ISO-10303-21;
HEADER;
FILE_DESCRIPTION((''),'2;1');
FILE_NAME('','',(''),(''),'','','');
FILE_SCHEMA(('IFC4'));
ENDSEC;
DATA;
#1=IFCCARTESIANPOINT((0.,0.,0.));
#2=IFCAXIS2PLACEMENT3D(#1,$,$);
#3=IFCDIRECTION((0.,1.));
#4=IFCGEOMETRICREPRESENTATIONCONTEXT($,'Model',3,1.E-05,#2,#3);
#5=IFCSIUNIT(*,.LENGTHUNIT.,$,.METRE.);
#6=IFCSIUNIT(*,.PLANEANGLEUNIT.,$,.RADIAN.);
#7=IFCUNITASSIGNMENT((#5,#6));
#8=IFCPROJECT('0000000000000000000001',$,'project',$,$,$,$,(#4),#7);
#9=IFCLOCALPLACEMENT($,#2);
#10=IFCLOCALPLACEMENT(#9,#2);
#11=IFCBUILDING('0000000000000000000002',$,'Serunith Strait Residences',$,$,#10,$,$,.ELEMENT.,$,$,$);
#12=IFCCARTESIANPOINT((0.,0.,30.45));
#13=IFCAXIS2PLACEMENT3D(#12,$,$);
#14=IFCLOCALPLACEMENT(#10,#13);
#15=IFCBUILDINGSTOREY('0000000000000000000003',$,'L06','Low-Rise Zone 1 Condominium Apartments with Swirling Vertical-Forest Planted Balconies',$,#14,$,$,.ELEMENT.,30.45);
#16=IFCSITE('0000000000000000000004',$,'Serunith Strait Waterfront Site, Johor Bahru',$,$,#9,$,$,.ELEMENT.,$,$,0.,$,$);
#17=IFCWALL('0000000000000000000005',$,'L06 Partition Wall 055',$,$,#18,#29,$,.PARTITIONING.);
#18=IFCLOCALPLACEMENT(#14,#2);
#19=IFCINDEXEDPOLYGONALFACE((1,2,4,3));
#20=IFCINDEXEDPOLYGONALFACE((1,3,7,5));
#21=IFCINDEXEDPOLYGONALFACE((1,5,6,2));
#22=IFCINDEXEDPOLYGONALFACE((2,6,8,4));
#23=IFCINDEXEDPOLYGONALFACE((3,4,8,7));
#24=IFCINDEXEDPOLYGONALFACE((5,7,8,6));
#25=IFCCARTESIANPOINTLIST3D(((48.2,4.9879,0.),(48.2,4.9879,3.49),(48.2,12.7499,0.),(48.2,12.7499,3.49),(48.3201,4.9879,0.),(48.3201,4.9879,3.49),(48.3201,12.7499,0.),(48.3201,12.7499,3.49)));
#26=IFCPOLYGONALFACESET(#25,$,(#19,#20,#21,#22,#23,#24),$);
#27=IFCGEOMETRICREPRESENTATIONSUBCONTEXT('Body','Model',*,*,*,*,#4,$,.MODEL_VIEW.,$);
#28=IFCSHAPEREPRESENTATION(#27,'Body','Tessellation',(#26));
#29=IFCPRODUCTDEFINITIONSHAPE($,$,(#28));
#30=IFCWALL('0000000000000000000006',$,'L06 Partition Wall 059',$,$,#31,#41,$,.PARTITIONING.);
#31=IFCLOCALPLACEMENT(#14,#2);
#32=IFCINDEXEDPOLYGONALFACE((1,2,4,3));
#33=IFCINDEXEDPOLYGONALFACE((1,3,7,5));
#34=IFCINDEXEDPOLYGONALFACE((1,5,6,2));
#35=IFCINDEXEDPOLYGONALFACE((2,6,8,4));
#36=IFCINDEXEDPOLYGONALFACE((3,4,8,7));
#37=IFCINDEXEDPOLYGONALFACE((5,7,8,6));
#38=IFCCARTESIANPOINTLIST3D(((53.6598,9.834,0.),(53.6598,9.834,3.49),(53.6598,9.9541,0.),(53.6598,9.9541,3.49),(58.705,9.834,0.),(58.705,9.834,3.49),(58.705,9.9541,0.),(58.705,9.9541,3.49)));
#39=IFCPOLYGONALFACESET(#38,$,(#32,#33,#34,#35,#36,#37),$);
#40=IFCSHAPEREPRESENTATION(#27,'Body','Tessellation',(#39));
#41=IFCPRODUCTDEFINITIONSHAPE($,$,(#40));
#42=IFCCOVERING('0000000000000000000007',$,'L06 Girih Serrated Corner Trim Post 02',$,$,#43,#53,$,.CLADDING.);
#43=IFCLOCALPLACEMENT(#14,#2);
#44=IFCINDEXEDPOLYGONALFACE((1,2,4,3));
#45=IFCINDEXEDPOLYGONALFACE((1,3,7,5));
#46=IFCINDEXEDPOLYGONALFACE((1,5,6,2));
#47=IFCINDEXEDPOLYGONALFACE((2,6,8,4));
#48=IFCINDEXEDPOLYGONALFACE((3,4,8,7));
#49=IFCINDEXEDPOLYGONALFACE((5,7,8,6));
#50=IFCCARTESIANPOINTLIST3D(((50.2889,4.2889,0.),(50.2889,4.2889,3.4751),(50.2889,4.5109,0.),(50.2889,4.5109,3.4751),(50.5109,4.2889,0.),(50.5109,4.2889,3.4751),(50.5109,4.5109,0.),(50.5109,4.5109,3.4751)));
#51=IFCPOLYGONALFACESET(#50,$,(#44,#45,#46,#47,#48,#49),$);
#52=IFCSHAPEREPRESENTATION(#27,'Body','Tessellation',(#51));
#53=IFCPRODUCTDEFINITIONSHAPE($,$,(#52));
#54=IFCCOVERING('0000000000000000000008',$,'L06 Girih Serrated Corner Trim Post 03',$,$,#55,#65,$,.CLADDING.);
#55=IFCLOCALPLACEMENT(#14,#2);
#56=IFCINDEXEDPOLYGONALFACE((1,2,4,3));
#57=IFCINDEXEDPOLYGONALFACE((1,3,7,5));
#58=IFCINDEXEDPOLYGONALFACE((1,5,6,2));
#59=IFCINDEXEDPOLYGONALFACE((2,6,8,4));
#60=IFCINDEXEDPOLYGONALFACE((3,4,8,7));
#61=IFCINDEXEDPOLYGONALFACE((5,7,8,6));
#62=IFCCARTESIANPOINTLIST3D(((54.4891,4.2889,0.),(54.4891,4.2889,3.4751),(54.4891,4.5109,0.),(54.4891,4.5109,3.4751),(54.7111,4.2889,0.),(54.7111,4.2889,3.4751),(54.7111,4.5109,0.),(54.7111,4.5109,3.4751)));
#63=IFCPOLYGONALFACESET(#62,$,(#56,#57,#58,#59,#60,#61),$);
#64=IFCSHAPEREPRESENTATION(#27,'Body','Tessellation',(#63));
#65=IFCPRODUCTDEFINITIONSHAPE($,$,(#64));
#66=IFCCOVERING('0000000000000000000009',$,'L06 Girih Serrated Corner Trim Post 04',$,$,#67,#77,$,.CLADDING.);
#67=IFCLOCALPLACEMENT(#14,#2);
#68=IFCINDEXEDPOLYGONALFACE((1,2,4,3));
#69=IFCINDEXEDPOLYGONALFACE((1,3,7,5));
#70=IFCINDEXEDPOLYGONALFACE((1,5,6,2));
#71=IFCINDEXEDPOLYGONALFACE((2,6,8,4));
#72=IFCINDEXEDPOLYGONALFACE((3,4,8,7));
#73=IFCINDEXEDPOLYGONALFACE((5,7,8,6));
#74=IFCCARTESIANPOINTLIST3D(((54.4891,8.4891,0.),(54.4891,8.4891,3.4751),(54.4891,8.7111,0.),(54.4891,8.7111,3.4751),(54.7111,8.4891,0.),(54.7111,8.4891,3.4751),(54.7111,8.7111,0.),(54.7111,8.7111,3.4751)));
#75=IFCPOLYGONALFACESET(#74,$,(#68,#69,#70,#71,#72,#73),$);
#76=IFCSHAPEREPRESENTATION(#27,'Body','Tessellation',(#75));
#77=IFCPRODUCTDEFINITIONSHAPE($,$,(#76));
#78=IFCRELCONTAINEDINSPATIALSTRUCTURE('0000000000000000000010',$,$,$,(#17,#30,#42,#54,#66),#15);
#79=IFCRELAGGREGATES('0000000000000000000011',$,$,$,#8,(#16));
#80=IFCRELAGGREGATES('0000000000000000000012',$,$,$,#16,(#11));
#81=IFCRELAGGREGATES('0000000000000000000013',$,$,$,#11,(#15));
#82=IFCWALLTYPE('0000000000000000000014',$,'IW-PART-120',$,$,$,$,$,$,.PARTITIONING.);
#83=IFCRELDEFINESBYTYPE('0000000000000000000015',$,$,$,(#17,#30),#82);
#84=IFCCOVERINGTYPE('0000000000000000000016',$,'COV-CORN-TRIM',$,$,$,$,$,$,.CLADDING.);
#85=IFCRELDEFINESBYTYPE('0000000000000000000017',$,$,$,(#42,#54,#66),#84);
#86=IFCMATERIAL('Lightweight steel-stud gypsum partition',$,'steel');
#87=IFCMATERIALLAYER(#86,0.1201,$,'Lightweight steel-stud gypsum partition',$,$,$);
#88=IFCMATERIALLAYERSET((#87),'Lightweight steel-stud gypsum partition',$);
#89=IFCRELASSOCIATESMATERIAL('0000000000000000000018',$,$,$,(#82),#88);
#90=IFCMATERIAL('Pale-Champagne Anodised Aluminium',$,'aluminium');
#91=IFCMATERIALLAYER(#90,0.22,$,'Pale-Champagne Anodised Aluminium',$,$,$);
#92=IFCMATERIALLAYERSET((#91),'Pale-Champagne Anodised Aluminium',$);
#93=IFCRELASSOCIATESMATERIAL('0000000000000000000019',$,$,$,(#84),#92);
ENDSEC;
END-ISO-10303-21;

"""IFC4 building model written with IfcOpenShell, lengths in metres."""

from ifc_helpers import new_model, si_unit, direction, frame, frame_2d, origin, origin_2d, place, context, subcontext, project, spatial, rectangle, extrude, source, transform, mapped, material, layer, layer_set, type_object, element, save


model = new_model("IFC4")

# Units and contexts
model_context = context("Model", 3, precision=1e-05, world=origin(), true_north=direction((0.0, 1.0)))
body_context = subcontext(model_context, "Body", "Model", "MODEL_VIEW")
ifc_project = project(units=[si_unit("LENGTHUNIT", "METRE"), si_unit("PLANEANGLEUNIT", "RADIAN")], contexts=[model_context])

# Site, building, storey
site_placement = place(None, origin())
site = spatial("IfcSite", under=ifc_project, at=site_placement, Name="Serunith Strait Waterfront Site, Johor Bahru", CompositionType="ELEMENT", RefElevation=0.0)
building_placement = place(site_placement, origin())
building = spatial("IfcBuilding", under=site, at=building_placement, Name="Serunith Strait Residences", CompositionType="ELEMENT")
storey_placement = place(building_placement, frame((0.0, 0.0, 30.45)))
storey = spatial("IfcBuildingStorey", under=building, at=storey_placement, Name="L06", Description="Low-Rise Zone 1 Condominium Apartments with Swirling Vertical-Forest Planted Balconies", CompositionType="ELEMENT", Elevation=30.45)

# Shared definitions
ifc_material_1 = material(Name="Pale-Champagne Anodised Aluminium", Category="aluminium")

# Shared definitions
ifc_material_2 = material(Name="Lightweight steel-stud gypsum partition", Category="steel")
ifc_layer_1 = layer(ifc_material_2, 0.1201, Name="Lightweight steel-stud gypsum partition")
ifc_layer_set_1 = layer_set([ifc_layer_1], Name="Lightweight steel-stud gypsum partition")
wall_type_1 = type_object("IfcWallType", Name="IW-PART-120", PredefinedType="PARTITIONING", material=ifc_layer_set_1)

# Walls
wall_1_placement = place(storey_placement, frame((48.26, 4.988, 0.0), z_axis=(0.0, 0.0, 1.0), x_axis=(0.0, 1.0, 0.0)))
element("IfcWall", 1, at=wall_1_placement, inside=storey, type_object=wall_type_1, Name="L06 Partition Wall 055", PredefinedType="PARTITIONING", context=body_context, shape_type="SweptSolid", body=[
    extrude(rectangle(XDim=7.762, YDim=0.1201, at=frame_2d((3.8809, 0.0))), origin(), (0.0, 0.0, 1.0), 3.49),
])
wall_2_placement = place(storey_placement, frame((53.6599, 9.894, 0.0), z_axis=(0.0, 0.0, 1.0), x_axis=(1.0, 0.0, 0.0)))
element("IfcWall", 2, at=wall_2_placement, inside=storey, type_object=wall_type_1, Name="L06 Partition Wall 059", PredefinedType="PARTITIONING", context=body_context, shape_type="SweptSolid", body=[
    extrude(rectangle(XDim=5.0452, YDim=0.1201, at=frame_2d((2.5225, 0.0))), origin(), (0.0, 0.0, 1.0), 3.49),
])

# Coverings
ifc_layer_2 = layer(ifc_material_1, 0.22, Name="Pale-Champagne Anodised Aluminium")
ifc_layer_set_2 = layer_set([ifc_layer_2], Name="Pale-Champagne Anodised Aluminium")
covering_type = type_object("IfcCoveringType", Name="COV-CORN-TRIM", PredefinedType="CLADDING", material=ifc_layer_set_2)
shared_shape_1 = source(origin(), body_context, "Body", "SweptSolid", [
    extrude(rectangle(XDim=0.2219, YDim=0.2219, at=origin_2d()), origin(), (0.0, 0.0, 1.0), 3.4751),
])
for number, where, z_axis, x_axis, name in (
    (3, (50.3999, 4.3999, 0.0), (0.0, 0.0, 1.0), (1.0, 0.0, 0.0), "L06 Girih Serrated Corner Trim Post 02"),
    (4, (54.6001, 4.3999, 0.0), (0.0, 0.0, 1.0), (1.0, 0.0, 0.0), "L06 Girih Serrated Corner Trim Post 03"),
    (5, (54.6001, 8.6001, 0.0), (0.0, 0.0, 1.0), (1.0, 0.0, 0.0), "L06 Girih Serrated Corner Trim Post 04"),
):
    element("IfcCovering", number, at=place(storey_placement, frame(where, z_axis=z_axis, x_axis=x_axis)), inside=storey, type_object=covering_type, Name=name, PredefinedType="CLADDING", context=body_context, shape_type="MappedRepresentation", body=[
        mapped(shared_shape_1, transform((0.0, 0.0, 0.0), scale=1.0)),
    ])

save(model, "model.ifc")
